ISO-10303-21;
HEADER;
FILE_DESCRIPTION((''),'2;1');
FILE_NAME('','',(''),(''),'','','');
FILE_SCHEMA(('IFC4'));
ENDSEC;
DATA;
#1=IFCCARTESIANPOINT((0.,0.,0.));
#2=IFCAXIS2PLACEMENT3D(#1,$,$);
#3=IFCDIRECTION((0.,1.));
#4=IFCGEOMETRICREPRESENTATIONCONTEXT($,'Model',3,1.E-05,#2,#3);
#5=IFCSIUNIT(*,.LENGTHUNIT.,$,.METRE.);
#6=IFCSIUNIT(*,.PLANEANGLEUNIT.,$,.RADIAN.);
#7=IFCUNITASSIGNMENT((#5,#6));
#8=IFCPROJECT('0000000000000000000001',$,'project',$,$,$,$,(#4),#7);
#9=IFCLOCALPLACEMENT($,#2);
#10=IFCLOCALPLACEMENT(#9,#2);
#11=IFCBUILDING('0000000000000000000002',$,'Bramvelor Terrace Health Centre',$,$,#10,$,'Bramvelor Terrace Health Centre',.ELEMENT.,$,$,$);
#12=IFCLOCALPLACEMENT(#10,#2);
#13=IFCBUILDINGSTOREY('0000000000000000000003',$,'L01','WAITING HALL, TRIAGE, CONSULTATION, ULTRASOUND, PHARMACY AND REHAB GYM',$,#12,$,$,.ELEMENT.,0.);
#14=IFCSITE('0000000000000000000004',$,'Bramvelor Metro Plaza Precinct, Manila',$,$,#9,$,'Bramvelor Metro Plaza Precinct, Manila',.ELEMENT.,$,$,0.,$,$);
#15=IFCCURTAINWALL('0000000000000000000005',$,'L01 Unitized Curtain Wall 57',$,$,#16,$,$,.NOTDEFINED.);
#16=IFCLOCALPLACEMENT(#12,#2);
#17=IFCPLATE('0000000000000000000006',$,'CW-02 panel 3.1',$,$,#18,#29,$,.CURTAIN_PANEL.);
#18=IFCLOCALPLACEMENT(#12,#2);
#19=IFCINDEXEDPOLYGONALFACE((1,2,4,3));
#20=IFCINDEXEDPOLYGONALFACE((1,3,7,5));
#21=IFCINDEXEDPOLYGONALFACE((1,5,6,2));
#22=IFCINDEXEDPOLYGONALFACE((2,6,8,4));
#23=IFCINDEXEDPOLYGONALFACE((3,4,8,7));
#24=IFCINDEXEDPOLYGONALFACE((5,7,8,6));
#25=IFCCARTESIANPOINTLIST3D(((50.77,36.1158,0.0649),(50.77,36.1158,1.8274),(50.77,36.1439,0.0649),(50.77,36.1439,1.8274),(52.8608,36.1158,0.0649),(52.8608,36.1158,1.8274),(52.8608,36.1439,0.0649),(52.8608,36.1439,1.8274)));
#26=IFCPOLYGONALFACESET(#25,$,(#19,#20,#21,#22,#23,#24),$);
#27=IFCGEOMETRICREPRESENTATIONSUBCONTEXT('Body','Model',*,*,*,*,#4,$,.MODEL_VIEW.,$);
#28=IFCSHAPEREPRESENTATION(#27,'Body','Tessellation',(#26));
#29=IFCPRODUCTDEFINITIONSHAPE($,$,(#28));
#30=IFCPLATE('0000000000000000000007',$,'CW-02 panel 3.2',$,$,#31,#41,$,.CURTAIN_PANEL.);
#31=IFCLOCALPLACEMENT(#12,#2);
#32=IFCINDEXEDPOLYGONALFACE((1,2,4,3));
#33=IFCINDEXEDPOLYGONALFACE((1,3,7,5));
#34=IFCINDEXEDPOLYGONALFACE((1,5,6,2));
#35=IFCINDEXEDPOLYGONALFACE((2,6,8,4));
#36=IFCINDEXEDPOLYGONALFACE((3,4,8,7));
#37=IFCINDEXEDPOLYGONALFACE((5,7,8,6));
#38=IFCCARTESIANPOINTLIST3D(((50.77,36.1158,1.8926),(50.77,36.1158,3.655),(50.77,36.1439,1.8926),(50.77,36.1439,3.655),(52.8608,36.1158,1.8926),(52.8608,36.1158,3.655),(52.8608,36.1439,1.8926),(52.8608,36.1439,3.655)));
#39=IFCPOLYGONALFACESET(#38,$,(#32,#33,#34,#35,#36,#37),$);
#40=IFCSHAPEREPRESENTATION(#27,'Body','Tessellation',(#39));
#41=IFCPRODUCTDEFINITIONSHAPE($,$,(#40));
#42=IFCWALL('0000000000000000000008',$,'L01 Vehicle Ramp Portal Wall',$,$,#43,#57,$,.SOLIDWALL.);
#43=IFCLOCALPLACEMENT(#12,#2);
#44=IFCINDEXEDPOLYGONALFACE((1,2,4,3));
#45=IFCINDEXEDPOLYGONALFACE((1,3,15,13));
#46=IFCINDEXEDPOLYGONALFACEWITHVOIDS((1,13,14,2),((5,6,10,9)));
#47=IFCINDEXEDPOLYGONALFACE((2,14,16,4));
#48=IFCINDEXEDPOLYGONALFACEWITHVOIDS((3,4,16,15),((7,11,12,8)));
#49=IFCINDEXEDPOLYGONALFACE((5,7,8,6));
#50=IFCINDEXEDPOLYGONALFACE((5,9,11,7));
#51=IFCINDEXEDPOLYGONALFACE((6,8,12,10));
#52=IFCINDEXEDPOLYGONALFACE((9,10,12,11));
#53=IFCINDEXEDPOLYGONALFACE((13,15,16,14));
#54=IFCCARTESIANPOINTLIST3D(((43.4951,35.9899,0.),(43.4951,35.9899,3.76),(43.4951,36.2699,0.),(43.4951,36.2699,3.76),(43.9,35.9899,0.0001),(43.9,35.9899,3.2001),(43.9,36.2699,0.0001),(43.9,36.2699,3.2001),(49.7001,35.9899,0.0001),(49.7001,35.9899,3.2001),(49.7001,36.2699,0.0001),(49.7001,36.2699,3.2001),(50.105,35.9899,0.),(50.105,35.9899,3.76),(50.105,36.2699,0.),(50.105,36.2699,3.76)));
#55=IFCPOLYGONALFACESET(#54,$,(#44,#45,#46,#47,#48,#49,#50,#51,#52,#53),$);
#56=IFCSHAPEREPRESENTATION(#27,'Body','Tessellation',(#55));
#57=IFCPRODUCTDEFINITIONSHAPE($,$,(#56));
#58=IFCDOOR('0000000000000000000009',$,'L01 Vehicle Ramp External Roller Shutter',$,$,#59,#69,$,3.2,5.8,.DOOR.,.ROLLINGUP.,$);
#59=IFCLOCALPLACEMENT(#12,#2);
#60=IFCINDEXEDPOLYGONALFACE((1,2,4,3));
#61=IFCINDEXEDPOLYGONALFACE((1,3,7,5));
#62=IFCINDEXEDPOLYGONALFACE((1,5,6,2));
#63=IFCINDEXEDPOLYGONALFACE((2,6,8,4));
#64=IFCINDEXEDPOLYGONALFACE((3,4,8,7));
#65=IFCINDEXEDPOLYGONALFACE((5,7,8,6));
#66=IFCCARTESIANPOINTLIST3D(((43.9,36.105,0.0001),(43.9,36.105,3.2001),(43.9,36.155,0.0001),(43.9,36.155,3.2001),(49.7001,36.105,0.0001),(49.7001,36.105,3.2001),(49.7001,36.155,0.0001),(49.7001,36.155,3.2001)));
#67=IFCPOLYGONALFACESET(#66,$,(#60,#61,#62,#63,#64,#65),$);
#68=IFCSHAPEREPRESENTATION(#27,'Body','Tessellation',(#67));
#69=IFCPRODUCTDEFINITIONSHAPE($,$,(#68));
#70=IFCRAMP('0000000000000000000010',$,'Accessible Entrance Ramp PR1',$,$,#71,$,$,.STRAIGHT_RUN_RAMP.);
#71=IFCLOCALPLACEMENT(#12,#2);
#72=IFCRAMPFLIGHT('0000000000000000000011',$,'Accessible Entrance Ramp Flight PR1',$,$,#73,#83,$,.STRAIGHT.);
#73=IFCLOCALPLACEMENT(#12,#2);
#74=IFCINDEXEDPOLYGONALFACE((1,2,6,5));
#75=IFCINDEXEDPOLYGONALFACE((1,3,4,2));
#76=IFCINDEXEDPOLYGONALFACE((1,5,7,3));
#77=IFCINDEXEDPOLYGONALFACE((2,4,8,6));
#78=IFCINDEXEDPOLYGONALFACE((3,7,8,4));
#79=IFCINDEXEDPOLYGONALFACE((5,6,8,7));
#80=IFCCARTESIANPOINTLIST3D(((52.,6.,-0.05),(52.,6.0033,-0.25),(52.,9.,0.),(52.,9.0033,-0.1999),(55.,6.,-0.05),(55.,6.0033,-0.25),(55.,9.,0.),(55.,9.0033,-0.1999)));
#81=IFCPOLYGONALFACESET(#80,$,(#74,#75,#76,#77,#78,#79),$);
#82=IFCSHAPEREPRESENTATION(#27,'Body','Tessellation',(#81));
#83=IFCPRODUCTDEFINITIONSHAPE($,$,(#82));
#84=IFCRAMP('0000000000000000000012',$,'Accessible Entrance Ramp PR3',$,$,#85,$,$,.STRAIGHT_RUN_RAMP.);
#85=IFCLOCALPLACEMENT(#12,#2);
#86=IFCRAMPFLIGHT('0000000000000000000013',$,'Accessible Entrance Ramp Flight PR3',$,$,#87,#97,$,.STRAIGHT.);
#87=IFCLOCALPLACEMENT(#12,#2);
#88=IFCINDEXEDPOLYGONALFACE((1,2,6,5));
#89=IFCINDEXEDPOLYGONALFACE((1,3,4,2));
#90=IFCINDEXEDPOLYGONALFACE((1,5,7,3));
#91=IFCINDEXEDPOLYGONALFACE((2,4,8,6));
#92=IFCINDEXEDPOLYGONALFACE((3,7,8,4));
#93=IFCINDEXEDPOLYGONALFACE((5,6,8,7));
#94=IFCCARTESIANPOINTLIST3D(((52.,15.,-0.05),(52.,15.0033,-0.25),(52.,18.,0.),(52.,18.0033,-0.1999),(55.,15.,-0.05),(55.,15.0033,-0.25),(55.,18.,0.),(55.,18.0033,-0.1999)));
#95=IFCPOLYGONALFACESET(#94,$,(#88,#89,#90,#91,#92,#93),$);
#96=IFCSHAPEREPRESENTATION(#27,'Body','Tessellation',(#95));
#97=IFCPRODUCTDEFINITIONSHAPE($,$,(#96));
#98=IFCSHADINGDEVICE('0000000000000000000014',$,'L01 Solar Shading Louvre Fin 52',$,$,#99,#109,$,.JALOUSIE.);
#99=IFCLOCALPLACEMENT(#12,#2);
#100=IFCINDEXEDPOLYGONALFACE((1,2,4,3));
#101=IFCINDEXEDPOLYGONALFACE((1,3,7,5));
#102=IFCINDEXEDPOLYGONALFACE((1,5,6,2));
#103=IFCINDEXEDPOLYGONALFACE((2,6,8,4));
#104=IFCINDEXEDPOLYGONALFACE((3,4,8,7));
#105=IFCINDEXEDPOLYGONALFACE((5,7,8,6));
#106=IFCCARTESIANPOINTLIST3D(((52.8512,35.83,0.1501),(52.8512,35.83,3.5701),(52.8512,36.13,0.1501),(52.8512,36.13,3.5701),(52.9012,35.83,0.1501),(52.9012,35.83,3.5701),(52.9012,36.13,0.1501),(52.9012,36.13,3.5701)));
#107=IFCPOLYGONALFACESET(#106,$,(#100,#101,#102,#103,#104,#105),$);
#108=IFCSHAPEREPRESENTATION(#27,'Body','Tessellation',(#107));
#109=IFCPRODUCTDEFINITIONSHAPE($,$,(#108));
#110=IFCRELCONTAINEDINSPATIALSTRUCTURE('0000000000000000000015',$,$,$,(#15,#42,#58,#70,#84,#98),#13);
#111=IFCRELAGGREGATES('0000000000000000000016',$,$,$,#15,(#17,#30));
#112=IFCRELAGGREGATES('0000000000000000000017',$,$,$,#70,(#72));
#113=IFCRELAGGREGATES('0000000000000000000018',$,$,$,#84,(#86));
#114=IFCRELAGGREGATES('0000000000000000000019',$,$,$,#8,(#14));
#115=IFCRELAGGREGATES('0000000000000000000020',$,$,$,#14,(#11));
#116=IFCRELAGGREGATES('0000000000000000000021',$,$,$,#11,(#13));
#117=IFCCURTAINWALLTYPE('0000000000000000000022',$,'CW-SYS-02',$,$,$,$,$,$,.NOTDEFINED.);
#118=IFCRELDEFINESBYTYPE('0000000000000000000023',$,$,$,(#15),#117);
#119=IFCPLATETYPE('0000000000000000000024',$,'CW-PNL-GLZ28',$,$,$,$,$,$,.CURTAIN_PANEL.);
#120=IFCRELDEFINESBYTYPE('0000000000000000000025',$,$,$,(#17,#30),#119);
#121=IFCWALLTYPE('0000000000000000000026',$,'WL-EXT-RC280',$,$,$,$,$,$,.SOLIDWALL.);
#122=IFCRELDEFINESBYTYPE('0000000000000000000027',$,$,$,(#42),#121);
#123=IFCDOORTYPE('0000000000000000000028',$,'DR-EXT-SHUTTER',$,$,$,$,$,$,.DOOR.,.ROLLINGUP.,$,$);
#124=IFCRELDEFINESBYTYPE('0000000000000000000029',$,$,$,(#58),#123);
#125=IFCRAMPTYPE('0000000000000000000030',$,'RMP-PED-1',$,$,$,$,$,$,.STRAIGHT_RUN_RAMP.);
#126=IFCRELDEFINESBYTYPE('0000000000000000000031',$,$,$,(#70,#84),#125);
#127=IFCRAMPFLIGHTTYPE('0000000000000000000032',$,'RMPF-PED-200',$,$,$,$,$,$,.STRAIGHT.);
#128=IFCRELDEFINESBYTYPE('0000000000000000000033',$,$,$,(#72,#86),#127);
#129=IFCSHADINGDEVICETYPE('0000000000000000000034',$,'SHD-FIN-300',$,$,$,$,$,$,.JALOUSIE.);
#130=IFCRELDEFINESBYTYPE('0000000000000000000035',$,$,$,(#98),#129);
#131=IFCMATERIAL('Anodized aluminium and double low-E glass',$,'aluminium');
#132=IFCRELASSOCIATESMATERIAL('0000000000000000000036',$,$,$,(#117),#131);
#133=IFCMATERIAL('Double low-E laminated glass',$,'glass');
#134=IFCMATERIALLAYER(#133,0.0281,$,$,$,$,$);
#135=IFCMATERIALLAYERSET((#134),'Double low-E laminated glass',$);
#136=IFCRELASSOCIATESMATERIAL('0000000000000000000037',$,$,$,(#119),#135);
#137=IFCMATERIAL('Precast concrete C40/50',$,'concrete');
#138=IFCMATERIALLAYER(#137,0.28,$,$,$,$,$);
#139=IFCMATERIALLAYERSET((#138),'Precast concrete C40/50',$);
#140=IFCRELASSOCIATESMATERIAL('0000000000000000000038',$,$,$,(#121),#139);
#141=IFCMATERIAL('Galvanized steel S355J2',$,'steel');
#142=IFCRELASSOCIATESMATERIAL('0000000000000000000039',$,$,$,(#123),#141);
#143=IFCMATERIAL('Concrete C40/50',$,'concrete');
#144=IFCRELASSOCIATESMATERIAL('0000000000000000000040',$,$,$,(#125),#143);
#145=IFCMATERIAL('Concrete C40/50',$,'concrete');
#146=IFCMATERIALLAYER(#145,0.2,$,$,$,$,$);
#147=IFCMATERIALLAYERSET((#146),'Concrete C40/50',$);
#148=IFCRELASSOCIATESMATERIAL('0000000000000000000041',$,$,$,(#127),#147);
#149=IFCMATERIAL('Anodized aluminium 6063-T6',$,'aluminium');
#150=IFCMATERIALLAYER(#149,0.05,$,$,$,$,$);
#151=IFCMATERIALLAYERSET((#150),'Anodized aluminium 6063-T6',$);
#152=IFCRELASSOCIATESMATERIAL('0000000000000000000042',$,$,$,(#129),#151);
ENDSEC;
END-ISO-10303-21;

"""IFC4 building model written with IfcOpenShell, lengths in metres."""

from ifc_helpers import new_model, si_unit, direction, frame, frame_2d, origin, origin_2d, place, context, subcontext, project, spatial, polyline, rectangle, outline, extrude, material, layer, layer_set, type_object, element, fill, aggregate, save


model = new_model("IFC4")

# Units and contexts
model_context = context("Model", 3, precision=1e-05, world=origin(), true_north=direction((0.0, 1.0)))
body_context = subcontext(model_context, "Body", "Model", "MODEL_VIEW")
ifc_project = project(units=[si_unit("LENGTHUNIT", "METRE"), si_unit("PLANEANGLEUNIT", "RADIAN")], contexts=[model_context])

# Site, building, storey
site_placement = place(None, origin())
site = spatial("IfcSite", under=ifc_project, at=site_placement, Name="Bramvelor Metro Plaza Precinct, Manila", LongName="Bramvelor Metro Plaza Precinct, Manila", CompositionType="ELEMENT", RefElevation=0.0)
building_placement = place(site_placement, origin())
building = spatial("IfcBuilding", under=site, at=building_placement, Name="Bramvelor Terrace Health Centre", LongName="Bramvelor Terrace Health Centre", CompositionType="ELEMENT")
storey_placement = place(building_placement, origin())
storey = spatial("IfcBuildingStorey", under=building, at=storey_placement, Name="L01", Description="WAITING HALL, TRIAGE, CONSULTATION, ULTRASOUND, PHARMACY AND REHAB GYM", CompositionType="ELEMENT", Elevation=0.0)

# Curtain wall, plates
ifc_material_1 = material(Name="Anodized aluminium and double low-E glass", Category="aluminium")
curtain_wall_type = type_object("IfcCurtainWallType", Name="CW-SYS-02", PredefinedType="NOTDEFINED", material=ifc_material_1)
curtain_wall_placement = place(storey_placement, origin())
curtain_wall = element("IfcCurtainWall", 1, at=curtain_wall_placement, inside=storey, type_object=curtain_wall_type, Name="L01 Unitized Curtain Wall 57", PredefinedType="NOTDEFINED")
ifc_material_2 = material(Name="Double low-E laminated glass", Category="glass")
ifc_layer_1 = layer(ifc_material_2, 0.0281)
ifc_layer_set_1 = layer_set([ifc_layer_1], Name="Double low-E laminated glass")
plate_type = type_object("IfcPlateType", Name="CW-PNL-GLZ28", PredefinedType="CURTAIN_PANEL", material=ifc_layer_set_1)
plate_1_placement = place(storey_placement, frame((51.8154, 36.1299, 0.0649), z_axis=(0.0, 0.0, 1.0), x_axis=(-1.0, 0.0, 0.0)))
plate_1 = element("IfcPlate", 2, at=plate_1_placement, type_object=plate_type, Name="CW-02 panel 3.1", PredefinedType="CURTAIN_PANEL", context=body_context, shape_type="SweptSolid", body=[
    extrude(rectangle(XDim=2.0908, YDim=0.0281, at=origin_2d()), origin(), (0.0, 0.0, 1.0), 1.7625),
])
plate_2_placement = place(storey_placement, frame((51.8154, 36.1299, 1.8926), z_axis=(0.0, 0.0, 1.0), x_axis=(-1.0, 0.0, 0.0)))
plate_2 = element("IfcPlate", 3, at=plate_2_placement, type_object=plate_type, Name="CW-02 panel 3.2", PredefinedType="CURTAIN_PANEL", context=body_context, shape_type="SweptSolid", body=[
    extrude(rectangle(XDim=2.0908, YDim=0.0281, at=origin_2d()), origin(), (0.0, 0.0, 1.0), 1.7625),
])
aggregate(curtain_wall, [plate_1, plate_2])

# Wall, opening, door
ifc_material_3 = material(Name="Precast concrete C40/50", Category="concrete")
ifc_layer_2 = layer(ifc_material_3, 0.28)
ifc_layer_set_2 = layer_set([ifc_layer_2], Name="Precast concrete C40/50")
wall_type = type_object("IfcWallType", Name="WL-EXT-RC280", PredefinedType="SOLIDWALL", material=ifc_layer_set_2)
wall_placement = place(storey_placement, frame((50.105, 36.1299, 0.0), z_axis=(0.0, 0.0, 1.0), x_axis=(-1.0, 0.0, 0.0)))
wall = element("IfcWall", 4, at=wall_placement, inside=storey, type_object=wall_type, Name="L01 Vehicle Ramp Portal Wall", PredefinedType="SOLIDWALL", context=body_context, shape_type="SweptSolid", body=[
    extrude(rectangle(XDim=6.6099, YDim=0.28, at=frame_2d((3.3049, 0.0))), origin(), (0.0, 0.0, 1.0), 3.76),
])
opening_placement = place(wall_placement, frame((0.405, 0.0, 0.0)))
opening = element("IfcOpeningElement", 5, at=opening_placement, cuts=wall, PredefinedType="OPENING", context=body_context, shape_type="SweptSolid", body=[
    extrude(rectangle(XDim=5.8, YDim=3.2, at=frame_2d((2.8999, 1.6001))), frame((0.0, 0.1499, 0.0), z_axis=(0.0, -1.0, 0.0), x_axis=(1.0, 0.0, 0.0)), (0.0, 0.0, 1.0), 0.3),
])
ifc_material_4 = material(Name="Galvanized steel S355J2", Category="steel")
door_type = type_object("IfcDoorType", Name="DR-EXT-SHUTTER", OperationType="ROLLINGUP", PredefinedType="DOOR", material=ifc_material_4)
door_placement = place(opening_placement, origin())
door = element("IfcDoor", 6, at=door_placement, inside=storey, type_object=door_type, Name="L01 Vehicle Ramp External Roller Shutter", OperationType="ROLLINGUP", OverallHeight=3.2, OverallWidth=5.8, PredefinedType="DOOR", context=body_context, shape_type="SweptSolid", body=[
    extrude(rectangle(XDim=5.8, YDim=3.2, at=frame_2d((2.8999, 1.6001))), frame((0.0, 0.0249, 0.0), z_axis=(0.0, -1.0, 0.0), x_axis=(1.0, 0.0, 0.0)), (0.0, 0.0, 1.0), 0.05),
])
fill(opening, door)

# Ramps, ramp flights
ifc_material_5 = material(Name="Concrete C40/50", Category="concrete")
ramp_type = type_object("IfcRampType", Name="RMP-PED-1", PredefinedType="STRAIGHT_RUN_RAMP", material=ifc_material_5)
ramp_1_placement = place(storey_placement, origin())
ramp_1 = element("IfcRamp", 7, at=ramp_1_placement, inside=storey, type_object=ramp_type, Name="Accessible Entrance Ramp PR1", PredefinedType="STRAIGHT_RUN_RAMP")
ifc_material_6 = material(Name="Concrete C40/50", Category="concrete")
ifc_layer_3 = layer(ifc_material_6, 0.2)
ifc_layer_set_3 = layer_set([ifc_layer_3], Name="Concrete C40/50")
ramp_flight_type = type_object("IfcRampFlightType", Name="RMPF-PED-200", PredefinedType="STRAIGHT", material=ifc_layer_set_3)
ramp_flight_1_placement = place(storey_placement, frame((52.0, 6.0, -0.05), z_axis=(0.0, -0.016681, 0.999861), x_axis=(1.0, 0.0, 0.0)))
ramp_flight_1 = element("IfcRampFlight", 8, at=ramp_flight_1_placement, type_object=ramp_flight_type, Name="Accessible Entrance Ramp Flight PR1", PredefinedType="STRAIGHT", context=body_context, shape_type="SweptSolid", body=[
    extrude(outline(polyline([(0.0, 0.0), (3.0, 0.0), (3.0, 3.0004), (0.0, 3.0004), (0.0, 0.0)])), origin(), (0.0, 0.0, -1.0), 0.2),
])
aggregate(ramp_1, [ramp_flight_1])
ramp_2_placement = place(storey_placement, origin())
ramp_2 = element("IfcRamp", 9, at=ramp_2_placement, inside=storey, type_object=ramp_type, Name="Accessible Entrance Ramp PR3", PredefinedType="STRAIGHT_RUN_RAMP")
ramp_flight_2_placement = place(storey_placement, frame((52.0, 15.0, -0.05), z_axis=(0.0, -0.016681, 0.999861), x_axis=(1.0, 0.0, 0.0)))
ramp_flight_2 = element("IfcRampFlight", 10, at=ramp_flight_2_placement, type_object=ramp_flight_type, Name="Accessible Entrance Ramp Flight PR3", PredefinedType="STRAIGHT", context=body_context, shape_type="SweptSolid", body=[
    extrude(outline(polyline([(0.0, 0.0), (3.0, 0.0), (3.0, 3.0004), (0.0, 3.0004), (0.0, 0.0)])), origin(), (0.0, 0.0, -1.0), 0.2),
])
aggregate(ramp_2, [ramp_flight_2])

# Shading device
ifc_material_7 = material(Name="Anodized aluminium 6063-T6", Category="aluminium")
ifc_layer_4 = layer(ifc_material_7, 0.05)
ifc_layer_set_4 = layer_set([ifc_layer_4], Name="Anodized aluminium 6063-T6")
shading_device_type = type_object("IfcShadingDeviceType", Name="SHD-FIN-300", PredefinedType="JALOUSIE", material=ifc_layer_set_4)
shading_device_placement = place(storey_placement, frame((52.8762, 35.98, 0.1501), z_axis=(0.0, 0.0, 1.0), x_axis=(1.0, 0.0, 0.0)))
element("IfcShadingDevice", 11, at=shading_device_placement, inside=storey, type_object=shading_device_type, Name="L01 Solar Shading Louvre Fin 52", PredefinedType="JALOUSIE", context=body_context, shape_type="SweptSolid", body=[
    extrude(rectangle(XDim=0.05, YDim=0.3, at=origin_2d()), origin(), (0.0, 0.0, 1.0), 3.4199),
])

save(model, "model.ifc")
